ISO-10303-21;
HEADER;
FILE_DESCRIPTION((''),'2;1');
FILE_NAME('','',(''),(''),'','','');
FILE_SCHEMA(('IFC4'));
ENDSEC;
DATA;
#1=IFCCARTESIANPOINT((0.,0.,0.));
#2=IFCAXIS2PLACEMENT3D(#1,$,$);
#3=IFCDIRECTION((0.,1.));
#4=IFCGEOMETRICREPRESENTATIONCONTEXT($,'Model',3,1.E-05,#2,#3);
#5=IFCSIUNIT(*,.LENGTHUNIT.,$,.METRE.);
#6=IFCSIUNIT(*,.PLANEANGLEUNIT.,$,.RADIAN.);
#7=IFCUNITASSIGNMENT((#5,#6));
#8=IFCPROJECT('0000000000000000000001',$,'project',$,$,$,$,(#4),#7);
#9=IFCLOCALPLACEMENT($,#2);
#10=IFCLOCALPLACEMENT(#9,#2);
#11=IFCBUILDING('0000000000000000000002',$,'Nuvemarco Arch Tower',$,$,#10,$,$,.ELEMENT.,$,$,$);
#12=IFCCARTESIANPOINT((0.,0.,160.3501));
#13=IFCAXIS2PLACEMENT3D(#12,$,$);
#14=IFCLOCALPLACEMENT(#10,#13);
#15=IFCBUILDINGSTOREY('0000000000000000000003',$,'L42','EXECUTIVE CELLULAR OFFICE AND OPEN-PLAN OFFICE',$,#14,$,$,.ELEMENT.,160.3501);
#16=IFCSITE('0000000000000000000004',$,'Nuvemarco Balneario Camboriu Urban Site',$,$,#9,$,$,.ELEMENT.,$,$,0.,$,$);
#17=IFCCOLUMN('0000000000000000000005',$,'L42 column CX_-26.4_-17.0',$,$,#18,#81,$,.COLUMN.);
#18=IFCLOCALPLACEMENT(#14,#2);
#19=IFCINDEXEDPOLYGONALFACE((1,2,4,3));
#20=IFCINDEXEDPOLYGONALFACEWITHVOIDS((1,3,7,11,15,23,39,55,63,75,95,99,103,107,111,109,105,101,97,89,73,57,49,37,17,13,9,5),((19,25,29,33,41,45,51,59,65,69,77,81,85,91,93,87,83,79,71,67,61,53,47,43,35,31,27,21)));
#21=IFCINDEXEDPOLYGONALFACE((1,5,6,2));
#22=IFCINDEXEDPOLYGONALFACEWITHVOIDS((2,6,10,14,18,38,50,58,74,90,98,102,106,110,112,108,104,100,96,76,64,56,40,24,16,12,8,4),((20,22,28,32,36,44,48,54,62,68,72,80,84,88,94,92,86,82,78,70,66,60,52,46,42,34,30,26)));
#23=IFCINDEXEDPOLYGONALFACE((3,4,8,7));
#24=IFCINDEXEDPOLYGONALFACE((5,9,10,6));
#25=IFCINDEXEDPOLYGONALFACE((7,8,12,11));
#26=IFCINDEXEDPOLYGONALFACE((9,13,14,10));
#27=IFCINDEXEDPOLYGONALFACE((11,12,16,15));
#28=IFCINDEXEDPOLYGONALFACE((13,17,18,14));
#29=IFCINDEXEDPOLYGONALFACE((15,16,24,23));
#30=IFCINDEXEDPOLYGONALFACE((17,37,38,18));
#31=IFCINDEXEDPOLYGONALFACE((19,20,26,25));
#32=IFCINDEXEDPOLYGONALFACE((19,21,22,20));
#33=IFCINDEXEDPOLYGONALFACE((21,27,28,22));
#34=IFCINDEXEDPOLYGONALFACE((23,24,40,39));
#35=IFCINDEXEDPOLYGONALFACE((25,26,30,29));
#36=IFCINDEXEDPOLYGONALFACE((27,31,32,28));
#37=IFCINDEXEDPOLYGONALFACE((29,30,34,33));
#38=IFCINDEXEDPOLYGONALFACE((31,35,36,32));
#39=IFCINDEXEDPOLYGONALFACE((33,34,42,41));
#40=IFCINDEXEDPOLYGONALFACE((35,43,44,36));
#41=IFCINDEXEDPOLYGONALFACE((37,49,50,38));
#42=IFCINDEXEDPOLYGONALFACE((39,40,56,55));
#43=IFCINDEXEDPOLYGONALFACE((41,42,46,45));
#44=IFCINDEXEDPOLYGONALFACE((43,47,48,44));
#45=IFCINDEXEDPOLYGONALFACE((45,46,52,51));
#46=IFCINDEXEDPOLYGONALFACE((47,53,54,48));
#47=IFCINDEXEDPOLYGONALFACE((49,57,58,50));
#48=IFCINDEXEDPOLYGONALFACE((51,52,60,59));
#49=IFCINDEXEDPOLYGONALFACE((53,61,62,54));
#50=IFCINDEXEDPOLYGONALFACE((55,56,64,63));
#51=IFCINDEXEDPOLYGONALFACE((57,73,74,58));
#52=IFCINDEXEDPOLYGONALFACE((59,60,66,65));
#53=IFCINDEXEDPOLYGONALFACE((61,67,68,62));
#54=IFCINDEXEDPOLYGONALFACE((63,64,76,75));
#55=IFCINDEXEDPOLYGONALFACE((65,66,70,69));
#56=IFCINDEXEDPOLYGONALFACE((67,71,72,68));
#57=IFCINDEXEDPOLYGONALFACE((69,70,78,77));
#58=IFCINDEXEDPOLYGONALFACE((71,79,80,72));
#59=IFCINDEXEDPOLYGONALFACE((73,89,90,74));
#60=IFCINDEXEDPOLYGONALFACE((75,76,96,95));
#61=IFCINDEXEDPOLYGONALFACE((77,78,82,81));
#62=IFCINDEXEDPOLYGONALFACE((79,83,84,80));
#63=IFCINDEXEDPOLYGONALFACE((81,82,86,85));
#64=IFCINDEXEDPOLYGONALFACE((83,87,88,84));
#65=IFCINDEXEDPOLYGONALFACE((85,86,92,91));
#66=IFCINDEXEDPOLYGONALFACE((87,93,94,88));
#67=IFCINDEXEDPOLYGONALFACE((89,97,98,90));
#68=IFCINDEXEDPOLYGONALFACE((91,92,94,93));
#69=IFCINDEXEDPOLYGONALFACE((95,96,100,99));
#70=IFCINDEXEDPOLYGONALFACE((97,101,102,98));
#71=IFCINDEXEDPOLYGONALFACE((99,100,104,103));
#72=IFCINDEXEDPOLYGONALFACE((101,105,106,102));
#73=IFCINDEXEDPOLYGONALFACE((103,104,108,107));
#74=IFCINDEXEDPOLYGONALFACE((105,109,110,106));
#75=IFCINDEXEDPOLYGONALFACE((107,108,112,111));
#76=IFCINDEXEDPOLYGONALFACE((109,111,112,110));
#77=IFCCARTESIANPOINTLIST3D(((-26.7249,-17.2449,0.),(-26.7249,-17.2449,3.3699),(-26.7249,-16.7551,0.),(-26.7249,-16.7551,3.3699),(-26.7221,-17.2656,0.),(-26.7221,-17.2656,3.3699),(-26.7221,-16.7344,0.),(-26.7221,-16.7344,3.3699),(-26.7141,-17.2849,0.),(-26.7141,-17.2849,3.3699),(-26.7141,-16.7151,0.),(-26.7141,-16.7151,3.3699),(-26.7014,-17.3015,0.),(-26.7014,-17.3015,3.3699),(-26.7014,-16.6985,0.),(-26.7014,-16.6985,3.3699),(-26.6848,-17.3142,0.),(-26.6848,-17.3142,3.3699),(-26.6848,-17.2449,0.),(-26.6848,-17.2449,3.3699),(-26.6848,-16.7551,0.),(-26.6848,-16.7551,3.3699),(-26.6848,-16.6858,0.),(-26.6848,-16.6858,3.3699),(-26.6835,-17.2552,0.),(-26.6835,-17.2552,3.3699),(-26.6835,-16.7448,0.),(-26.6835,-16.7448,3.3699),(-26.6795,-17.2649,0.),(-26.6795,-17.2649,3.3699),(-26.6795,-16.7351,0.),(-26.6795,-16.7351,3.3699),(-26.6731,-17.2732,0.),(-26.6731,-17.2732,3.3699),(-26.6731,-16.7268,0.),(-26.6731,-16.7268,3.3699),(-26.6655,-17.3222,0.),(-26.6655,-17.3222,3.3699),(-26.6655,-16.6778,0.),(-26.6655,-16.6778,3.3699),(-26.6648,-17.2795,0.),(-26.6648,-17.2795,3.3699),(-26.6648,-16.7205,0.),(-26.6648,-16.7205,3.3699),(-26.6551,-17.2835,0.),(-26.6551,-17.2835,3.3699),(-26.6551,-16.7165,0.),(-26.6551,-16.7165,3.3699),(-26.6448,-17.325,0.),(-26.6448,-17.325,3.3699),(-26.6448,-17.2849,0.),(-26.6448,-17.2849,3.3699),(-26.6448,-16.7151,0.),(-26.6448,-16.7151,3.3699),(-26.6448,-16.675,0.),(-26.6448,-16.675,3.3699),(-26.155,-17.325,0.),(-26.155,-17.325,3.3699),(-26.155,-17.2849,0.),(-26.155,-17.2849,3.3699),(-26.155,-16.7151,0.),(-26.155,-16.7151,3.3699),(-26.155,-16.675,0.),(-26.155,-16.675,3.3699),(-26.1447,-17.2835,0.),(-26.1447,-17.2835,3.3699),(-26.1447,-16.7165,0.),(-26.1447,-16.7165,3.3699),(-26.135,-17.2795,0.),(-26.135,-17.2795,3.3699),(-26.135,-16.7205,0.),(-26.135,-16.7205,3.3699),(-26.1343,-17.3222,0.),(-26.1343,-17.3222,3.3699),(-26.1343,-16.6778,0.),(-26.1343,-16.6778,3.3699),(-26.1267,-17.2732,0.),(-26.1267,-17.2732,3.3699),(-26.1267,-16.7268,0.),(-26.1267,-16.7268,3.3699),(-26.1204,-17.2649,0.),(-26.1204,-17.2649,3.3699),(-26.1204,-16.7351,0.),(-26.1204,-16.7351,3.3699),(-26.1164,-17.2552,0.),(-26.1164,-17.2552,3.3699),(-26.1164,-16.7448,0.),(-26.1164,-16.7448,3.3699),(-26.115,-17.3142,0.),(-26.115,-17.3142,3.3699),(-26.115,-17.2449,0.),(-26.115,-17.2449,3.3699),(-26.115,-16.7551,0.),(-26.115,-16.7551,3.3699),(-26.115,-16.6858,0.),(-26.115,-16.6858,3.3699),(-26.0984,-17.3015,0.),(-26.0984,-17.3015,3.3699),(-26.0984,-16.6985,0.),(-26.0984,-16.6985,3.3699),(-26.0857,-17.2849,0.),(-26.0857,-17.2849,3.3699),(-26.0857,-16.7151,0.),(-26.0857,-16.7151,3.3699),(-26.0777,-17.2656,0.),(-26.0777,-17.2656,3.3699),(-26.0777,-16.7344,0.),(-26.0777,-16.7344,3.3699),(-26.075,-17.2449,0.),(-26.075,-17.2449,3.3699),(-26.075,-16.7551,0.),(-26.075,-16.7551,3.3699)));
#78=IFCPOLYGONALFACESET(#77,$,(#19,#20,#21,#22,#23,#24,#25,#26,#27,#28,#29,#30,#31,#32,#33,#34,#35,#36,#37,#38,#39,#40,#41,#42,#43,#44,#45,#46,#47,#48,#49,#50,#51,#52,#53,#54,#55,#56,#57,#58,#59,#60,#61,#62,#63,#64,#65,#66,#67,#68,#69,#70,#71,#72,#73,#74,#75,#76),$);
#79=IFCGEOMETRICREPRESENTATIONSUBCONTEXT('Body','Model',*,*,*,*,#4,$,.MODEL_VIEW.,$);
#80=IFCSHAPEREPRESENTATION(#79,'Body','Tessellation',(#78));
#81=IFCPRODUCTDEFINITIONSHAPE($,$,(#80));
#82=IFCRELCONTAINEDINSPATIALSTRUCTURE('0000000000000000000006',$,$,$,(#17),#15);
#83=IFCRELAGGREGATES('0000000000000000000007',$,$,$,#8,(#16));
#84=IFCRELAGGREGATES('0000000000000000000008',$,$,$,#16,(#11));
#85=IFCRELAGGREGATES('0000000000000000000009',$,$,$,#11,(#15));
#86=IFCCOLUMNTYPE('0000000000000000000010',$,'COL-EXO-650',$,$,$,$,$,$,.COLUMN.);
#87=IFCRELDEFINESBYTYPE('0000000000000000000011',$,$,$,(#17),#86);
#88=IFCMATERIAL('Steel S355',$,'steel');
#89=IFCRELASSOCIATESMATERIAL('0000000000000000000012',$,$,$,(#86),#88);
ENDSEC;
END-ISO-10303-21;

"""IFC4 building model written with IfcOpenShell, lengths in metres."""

from ifc_helpers import new_model, si_unit, direction, frame, origin, origin_2d, place, context, subcontext, project, spatial, hollow_rectangle, extrude, material, material_profile, profile_set, type_object, element, save


model = new_model("IFC4")

# Units and contexts
model_context = context("Model", 3, precision=1e-05, world=origin(), true_north=direction((0.0, 1.0)))
body_context = subcontext(model_context, "Body", "Model", "MODEL_VIEW")
ifc_project = project(units=[si_unit("LENGTHUNIT", "METRE"), si_unit("PLANEANGLEUNIT", "RADIAN")], contexts=[model_context])

# Site, building, storey
site_placement = place(None, origin())
site = spatial("IfcSite", under=ifc_project, at=site_placement, Name="Nuvemarco Balneario Camboriu Urban Site", CompositionType="ELEMENT", RefElevation=0.0)
building_placement = place(site_placement, origin())
building = spatial("IfcBuilding", under=site, at=building_placement, Name="Nuvemarco Arch Tower", CompositionType="ELEMENT")
storey_placement = place(building_placement, frame((0.0, 0.0, 160.3501)))
storey = spatial("IfcBuildingStorey", under=building, at=storey_placement, Name="L42", Description="EXECUTIVE CELLULAR OFFICE AND OPEN-PLAN OFFICE", CompositionType="ELEMENT", Elevation=160.3501)

# Column
ifc_material_1 = material(Name="Steel S355", Category="steel")
ifc_material_profile = material_profile(ifc_material_1, hollow_rectangle(XDim=0.6499, YDim=0.6499, WallThickness=0.04, InnerFilletRadius=0.04, OuterFilletRadius=0.0801, at=origin_2d()), Name="SHS650x650x40")
ifc_profile_set = profile_set([ifc_material_profile], Name="Steel S355")
column_type = type_object("IfcColumnType", Name="COL-EXO-650", PredefinedType="COLUMN", material=ifc_profile_set)
column_placement = place(storey_placement, frame((-26.3999, -17.0, 0.0), z_axis=(0.0, 0.0, 1.0), x_axis=(1.0, 0.0, 0.0)))
element("IfcColumn", 1, at=column_placement, inside=storey, type_object=column_type, Name="L42 column CX_-26.4_-17.0", PredefinedType="COLUMN", context=body_context, shape_type="SweptSolid", body=[
    extrude(hollow_rectangle(XDim=0.6499, YDim=0.6499, WallThickness=0.04, InnerFilletRadius=0.04, OuterFilletRadius=0.0801, at=origin_2d()), origin(), (0.0, 0.0, 1.0), 3.3699),
])

save(model, "model.ifc")
